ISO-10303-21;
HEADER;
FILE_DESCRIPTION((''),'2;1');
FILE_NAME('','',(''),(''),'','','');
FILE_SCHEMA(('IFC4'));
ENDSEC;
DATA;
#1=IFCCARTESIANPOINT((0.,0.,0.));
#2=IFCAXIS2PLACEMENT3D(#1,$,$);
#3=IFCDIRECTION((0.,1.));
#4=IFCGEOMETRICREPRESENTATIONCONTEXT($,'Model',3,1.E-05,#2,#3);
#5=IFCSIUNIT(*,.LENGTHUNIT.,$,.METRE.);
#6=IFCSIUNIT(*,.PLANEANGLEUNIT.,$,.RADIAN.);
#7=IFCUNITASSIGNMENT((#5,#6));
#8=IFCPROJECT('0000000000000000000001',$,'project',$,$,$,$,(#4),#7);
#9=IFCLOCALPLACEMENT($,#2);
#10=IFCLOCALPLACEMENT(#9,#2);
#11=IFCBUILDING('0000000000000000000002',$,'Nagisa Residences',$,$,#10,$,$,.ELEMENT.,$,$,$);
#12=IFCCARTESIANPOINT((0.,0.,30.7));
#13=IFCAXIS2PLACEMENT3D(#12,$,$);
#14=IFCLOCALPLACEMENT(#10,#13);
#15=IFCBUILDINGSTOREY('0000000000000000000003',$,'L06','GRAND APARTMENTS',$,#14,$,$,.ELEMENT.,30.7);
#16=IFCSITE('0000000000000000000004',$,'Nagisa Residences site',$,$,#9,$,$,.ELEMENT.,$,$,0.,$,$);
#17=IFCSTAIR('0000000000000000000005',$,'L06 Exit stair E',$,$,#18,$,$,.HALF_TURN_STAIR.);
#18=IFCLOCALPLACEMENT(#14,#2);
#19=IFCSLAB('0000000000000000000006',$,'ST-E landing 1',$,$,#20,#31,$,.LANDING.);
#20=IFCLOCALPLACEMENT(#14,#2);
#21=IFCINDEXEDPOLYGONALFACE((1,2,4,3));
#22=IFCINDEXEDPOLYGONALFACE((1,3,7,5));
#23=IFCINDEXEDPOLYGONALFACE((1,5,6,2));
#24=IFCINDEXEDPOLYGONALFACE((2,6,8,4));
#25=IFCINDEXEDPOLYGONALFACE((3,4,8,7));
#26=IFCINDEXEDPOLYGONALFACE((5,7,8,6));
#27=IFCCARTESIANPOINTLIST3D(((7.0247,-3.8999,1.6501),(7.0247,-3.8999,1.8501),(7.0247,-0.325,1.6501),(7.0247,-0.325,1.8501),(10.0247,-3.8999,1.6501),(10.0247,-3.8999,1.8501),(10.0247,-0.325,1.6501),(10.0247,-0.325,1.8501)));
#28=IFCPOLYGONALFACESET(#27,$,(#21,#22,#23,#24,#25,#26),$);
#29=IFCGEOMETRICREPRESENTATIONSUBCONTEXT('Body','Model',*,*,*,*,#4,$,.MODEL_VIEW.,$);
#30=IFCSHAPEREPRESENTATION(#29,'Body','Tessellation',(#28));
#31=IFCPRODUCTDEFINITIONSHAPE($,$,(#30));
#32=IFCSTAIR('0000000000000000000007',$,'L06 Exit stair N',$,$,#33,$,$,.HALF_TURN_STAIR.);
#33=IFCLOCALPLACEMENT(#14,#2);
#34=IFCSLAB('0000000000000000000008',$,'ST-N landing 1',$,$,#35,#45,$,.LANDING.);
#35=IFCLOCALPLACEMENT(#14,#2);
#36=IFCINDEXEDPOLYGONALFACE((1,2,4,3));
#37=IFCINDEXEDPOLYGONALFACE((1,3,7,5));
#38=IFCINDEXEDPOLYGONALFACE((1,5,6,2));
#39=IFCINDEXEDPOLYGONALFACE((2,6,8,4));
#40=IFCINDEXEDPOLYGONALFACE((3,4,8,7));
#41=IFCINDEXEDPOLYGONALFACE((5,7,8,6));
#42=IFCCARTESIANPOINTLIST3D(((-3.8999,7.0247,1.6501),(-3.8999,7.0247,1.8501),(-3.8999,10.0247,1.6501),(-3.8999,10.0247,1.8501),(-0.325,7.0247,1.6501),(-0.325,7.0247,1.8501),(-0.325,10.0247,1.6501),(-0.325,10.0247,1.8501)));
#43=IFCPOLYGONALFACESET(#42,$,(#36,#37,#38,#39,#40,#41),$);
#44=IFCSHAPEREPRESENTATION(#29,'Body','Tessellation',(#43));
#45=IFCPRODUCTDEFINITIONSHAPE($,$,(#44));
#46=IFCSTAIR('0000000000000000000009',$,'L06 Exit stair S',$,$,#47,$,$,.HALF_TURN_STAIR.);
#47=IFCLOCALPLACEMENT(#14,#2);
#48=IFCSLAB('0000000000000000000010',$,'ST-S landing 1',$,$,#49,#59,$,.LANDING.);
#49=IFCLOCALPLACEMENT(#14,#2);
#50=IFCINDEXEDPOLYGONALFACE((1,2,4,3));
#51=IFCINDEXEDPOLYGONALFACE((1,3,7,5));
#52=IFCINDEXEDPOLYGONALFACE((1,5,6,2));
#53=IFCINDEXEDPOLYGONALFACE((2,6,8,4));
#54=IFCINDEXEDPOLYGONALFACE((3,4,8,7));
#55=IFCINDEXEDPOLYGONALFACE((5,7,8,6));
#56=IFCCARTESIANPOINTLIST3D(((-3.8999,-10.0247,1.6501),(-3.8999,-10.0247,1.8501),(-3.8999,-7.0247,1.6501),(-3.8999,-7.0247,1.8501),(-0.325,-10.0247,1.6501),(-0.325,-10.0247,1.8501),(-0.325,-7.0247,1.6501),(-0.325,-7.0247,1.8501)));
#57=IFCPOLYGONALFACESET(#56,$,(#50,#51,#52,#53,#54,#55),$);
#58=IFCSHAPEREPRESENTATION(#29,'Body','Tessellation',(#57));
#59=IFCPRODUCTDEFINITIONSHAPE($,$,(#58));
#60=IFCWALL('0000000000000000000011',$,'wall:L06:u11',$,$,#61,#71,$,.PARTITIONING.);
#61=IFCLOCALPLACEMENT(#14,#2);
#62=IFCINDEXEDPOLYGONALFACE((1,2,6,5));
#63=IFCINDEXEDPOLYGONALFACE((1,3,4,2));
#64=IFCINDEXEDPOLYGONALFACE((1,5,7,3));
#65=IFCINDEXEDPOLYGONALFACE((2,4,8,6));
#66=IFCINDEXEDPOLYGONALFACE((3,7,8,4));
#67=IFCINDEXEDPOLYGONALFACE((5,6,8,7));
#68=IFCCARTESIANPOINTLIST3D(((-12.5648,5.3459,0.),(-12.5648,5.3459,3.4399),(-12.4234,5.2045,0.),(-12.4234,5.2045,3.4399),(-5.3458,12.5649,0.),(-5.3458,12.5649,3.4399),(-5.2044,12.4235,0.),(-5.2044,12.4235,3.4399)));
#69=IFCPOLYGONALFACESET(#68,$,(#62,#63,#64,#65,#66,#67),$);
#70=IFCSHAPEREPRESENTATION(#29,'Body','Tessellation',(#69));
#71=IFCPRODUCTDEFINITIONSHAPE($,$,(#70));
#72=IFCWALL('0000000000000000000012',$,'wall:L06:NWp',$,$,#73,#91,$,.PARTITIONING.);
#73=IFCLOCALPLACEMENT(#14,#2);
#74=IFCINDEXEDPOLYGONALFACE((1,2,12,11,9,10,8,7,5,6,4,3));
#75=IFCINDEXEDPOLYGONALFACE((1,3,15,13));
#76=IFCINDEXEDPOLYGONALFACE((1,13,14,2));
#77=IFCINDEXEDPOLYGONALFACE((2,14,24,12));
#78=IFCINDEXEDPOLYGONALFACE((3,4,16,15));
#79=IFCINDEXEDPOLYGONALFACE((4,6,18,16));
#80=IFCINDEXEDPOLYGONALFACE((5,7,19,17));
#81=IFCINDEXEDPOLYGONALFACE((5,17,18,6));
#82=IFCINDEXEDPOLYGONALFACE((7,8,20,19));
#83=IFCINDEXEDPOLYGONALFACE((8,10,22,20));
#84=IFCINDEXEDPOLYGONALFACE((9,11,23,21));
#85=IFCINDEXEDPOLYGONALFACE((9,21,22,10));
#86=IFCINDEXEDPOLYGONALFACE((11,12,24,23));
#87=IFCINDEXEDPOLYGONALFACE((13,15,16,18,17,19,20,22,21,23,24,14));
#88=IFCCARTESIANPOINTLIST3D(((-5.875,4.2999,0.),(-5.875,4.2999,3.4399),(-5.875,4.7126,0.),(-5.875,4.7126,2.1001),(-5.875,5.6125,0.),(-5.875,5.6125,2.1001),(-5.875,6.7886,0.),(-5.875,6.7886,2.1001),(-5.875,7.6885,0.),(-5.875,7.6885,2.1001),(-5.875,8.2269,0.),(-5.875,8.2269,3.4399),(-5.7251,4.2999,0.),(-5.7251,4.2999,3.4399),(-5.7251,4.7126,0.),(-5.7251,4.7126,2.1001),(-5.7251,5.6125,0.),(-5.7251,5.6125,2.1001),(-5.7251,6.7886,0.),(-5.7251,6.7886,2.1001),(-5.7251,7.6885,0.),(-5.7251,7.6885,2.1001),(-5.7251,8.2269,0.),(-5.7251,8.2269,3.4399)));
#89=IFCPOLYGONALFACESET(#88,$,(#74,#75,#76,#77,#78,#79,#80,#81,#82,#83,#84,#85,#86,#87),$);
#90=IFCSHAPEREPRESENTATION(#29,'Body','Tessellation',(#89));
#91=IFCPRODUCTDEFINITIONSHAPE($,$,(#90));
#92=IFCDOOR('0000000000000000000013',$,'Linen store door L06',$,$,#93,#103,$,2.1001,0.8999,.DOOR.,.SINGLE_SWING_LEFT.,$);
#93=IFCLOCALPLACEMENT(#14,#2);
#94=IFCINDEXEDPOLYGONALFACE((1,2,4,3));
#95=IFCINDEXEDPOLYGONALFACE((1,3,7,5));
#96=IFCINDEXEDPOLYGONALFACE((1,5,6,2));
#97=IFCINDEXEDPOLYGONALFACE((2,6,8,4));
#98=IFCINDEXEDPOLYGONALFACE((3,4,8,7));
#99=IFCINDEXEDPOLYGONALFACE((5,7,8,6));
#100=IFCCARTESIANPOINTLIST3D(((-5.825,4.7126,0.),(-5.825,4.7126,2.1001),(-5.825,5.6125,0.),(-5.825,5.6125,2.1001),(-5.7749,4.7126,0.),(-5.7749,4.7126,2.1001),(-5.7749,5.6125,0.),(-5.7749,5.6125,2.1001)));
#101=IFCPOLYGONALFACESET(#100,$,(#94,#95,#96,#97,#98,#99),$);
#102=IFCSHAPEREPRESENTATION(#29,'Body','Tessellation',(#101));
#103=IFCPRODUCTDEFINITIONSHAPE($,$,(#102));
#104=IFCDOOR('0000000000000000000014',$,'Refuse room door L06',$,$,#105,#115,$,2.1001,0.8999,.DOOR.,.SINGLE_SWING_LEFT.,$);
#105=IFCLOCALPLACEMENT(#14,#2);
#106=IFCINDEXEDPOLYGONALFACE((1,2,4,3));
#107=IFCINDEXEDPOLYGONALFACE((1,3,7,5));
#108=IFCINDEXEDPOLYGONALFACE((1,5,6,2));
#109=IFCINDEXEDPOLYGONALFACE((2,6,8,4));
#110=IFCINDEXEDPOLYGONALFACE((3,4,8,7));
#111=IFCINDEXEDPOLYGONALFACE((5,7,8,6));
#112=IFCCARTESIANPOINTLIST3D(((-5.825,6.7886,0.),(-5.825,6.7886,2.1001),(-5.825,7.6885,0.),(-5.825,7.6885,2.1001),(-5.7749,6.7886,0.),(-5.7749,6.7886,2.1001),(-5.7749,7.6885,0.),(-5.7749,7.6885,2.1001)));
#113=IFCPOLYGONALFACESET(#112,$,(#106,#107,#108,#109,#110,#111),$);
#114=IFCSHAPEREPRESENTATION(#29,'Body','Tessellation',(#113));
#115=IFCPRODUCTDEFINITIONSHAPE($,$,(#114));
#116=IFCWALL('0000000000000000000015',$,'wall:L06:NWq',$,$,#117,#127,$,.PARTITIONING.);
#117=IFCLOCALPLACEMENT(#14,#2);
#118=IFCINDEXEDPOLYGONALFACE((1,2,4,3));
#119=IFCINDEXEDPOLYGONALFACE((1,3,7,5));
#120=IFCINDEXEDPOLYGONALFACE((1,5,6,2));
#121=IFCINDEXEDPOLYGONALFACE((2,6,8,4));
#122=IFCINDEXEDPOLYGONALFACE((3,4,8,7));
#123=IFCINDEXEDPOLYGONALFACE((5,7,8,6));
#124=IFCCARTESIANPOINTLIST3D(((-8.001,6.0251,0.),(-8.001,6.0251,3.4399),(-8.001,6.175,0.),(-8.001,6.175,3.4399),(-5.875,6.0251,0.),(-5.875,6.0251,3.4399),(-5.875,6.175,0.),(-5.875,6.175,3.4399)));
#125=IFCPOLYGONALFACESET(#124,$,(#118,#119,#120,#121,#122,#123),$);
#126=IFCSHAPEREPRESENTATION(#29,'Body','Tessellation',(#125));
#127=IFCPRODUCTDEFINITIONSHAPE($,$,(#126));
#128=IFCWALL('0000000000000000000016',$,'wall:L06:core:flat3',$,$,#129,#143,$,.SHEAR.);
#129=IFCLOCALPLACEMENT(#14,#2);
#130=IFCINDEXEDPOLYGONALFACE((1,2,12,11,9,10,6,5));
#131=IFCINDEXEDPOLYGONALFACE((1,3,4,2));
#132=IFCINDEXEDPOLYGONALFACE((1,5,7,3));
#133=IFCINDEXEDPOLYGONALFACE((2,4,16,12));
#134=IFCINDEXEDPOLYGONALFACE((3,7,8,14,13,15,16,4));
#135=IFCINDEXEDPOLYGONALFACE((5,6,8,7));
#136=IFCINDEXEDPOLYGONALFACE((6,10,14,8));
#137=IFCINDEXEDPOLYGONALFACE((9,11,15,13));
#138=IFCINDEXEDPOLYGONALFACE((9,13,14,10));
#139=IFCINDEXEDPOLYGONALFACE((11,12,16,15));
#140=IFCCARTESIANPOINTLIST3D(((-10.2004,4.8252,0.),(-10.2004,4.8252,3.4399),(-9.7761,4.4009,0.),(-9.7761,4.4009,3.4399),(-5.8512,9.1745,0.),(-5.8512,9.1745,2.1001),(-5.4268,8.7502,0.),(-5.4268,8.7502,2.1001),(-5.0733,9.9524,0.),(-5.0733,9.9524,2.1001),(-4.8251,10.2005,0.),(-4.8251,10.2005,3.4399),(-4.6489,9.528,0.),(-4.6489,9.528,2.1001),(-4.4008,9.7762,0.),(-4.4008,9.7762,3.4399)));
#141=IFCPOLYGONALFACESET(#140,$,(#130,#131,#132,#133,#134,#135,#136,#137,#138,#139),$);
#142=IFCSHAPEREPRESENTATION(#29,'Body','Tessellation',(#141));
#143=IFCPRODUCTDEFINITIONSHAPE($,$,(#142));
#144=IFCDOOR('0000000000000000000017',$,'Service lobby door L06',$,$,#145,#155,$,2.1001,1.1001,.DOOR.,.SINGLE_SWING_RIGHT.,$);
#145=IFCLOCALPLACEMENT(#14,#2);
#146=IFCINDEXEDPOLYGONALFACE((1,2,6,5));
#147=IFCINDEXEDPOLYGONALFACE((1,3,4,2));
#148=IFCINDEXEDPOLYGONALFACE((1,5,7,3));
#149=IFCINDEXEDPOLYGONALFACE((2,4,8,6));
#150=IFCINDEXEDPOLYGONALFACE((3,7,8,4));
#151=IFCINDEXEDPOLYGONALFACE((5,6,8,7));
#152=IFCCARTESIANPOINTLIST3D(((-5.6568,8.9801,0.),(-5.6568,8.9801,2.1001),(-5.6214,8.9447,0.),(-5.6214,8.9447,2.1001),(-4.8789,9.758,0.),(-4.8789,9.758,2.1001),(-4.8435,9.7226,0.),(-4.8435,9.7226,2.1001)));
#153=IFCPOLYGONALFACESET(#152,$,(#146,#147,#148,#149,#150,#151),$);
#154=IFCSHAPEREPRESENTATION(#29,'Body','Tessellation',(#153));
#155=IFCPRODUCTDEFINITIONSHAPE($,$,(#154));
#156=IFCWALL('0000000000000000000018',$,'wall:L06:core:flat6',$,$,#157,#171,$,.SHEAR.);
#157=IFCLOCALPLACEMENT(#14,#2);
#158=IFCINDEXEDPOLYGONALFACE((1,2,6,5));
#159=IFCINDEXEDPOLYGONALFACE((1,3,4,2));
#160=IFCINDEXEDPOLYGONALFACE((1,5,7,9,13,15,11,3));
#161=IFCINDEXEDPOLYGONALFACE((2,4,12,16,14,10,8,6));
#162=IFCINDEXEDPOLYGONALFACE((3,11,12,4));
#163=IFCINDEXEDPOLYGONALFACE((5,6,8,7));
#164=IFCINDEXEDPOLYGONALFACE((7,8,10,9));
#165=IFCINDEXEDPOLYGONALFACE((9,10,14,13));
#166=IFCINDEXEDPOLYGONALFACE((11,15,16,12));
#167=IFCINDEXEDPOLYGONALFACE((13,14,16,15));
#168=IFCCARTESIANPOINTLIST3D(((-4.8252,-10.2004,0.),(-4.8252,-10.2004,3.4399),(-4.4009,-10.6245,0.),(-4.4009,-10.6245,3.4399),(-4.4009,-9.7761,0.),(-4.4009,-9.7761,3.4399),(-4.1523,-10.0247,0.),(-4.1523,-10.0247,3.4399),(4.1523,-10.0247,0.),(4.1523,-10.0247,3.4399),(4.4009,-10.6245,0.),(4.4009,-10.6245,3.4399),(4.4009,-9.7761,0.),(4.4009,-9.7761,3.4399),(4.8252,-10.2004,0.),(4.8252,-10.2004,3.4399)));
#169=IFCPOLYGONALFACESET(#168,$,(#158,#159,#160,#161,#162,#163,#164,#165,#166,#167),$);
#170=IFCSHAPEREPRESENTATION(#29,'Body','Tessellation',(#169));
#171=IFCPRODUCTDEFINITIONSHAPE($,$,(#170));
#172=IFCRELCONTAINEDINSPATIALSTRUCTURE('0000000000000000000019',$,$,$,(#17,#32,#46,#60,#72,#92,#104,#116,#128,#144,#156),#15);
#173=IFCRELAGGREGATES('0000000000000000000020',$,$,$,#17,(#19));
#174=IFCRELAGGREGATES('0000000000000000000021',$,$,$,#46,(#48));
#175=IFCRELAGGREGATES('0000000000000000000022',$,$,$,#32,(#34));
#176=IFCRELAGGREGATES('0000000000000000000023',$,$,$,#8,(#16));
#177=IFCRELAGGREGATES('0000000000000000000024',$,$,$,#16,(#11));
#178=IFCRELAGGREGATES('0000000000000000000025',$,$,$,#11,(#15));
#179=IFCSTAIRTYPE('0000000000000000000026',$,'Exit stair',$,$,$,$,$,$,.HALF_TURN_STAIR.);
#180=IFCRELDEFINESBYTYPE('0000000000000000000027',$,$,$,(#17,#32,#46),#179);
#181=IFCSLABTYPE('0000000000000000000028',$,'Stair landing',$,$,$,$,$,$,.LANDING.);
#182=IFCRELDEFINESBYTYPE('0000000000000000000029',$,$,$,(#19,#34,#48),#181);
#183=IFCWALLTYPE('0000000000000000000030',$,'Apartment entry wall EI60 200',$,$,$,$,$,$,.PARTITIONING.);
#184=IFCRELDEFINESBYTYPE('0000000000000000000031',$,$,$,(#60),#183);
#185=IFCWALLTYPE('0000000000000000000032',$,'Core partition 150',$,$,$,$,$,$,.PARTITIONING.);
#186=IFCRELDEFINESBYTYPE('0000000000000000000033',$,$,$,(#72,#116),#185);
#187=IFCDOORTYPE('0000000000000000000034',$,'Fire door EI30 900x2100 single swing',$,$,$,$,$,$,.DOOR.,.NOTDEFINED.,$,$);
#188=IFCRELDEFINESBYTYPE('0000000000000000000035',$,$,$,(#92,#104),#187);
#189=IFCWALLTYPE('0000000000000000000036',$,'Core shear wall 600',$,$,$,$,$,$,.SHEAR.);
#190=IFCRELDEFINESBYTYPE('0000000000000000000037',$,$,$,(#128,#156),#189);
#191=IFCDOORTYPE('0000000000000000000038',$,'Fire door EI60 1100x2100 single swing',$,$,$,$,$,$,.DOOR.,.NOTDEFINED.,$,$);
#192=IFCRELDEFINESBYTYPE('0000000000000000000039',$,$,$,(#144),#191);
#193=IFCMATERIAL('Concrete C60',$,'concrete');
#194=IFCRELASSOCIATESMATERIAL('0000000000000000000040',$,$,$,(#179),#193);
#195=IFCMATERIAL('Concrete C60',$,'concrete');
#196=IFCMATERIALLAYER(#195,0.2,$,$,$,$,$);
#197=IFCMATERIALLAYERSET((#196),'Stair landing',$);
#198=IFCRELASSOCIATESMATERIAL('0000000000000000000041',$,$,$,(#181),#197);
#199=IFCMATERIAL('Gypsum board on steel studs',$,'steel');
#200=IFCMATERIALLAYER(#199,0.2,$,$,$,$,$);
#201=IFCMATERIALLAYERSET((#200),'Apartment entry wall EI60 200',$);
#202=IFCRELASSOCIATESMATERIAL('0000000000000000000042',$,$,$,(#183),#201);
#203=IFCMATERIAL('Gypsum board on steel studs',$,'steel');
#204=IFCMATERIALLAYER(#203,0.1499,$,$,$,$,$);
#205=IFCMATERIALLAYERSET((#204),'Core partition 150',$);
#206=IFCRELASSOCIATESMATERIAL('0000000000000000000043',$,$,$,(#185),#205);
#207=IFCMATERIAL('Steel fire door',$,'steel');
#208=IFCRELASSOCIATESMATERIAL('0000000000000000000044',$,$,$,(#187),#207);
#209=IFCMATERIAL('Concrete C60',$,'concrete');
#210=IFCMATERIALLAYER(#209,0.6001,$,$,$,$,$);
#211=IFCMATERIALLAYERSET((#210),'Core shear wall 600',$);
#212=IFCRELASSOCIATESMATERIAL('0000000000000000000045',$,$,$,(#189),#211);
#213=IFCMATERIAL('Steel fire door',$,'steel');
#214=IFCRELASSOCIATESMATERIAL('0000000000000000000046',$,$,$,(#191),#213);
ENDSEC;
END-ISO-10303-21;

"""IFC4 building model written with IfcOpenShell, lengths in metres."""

from ifc_helpers import new_model, si_unit, direction, frame, frame_2d, origin, place, context, subcontext, project, spatial, polyline, rectangle, outline, extrude, material, layer, layer_set, type_object, element, fill, aggregate, save


model = new_model("IFC4")

# Units and contexts
model_context = context("Model", 3, precision=1e-05, world=origin(), true_north=direction((0.0, 1.0)))
body_context = subcontext(model_context, "Body", "Model", "MODEL_VIEW")
ifc_project = project(units=[si_unit("LENGTHUNIT", "METRE"), si_unit("PLANEANGLEUNIT", "RADIAN")], contexts=[model_context])

# Site, building, storey
site_placement = place(None, origin())
site = spatial("IfcSite", under=ifc_project, at=site_placement, Name="Nagisa Residences site", CompositionType="ELEMENT", RefElevation=0.0)
building_placement = place(site_placement, origin())
building = spatial("IfcBuilding", under=site, at=building_placement, Name="Nagisa Residences", CompositionType="ELEMENT")
storey_placement = place(building_placement, frame((0.0, 0.0, 30.7)))
storey = spatial("IfcBuildingStorey", under=building, at=storey_placement, Name="L06", Description="GRAND APARTMENTS", CompositionType="ELEMENT", Elevation=30.7)

# Stairs, slabs
ifc_material_1 = material(Name="Concrete C60", Category="concrete")
stair_type = type_object("IfcStairType", Name="Exit stair", PredefinedType="HALF_TURN_STAIR", material=ifc_material_1)
stair_1_placement = place(storey_placement, origin())
stair_1 = element("IfcStair", 1, at=stair_1_placement, inside=storey, type_object=stair_type, Name="L06 Exit stair E", PredefinedType="HALF_TURN_STAIR")
ifc_material_2 = material(Name="Concrete C60", Category="concrete")
ifc_layer_1 = layer(ifc_material_2, 0.2)
ifc_layer_set_1 = layer_set([ifc_layer_1], Name="Stair landing")
slab_type = type_object("IfcSlabType", Name="Stair landing", PredefinedType="LANDING", material=ifc_layer_set_1)
slab_1_placement = place(storey_placement, frame((0.0, 0.0, 1.6501)))
slab_1 = element("IfcSlab", 2, at=slab_1_placement, type_object=slab_type, Name="ST-E landing 1", PredefinedType="LANDING", context=body_context, shape_type="SweptSolid", body=[
    extrude(outline(polyline([(7.0247, -0.325), (7.0247, -3.8999), (10.0247, -3.8999), (10.0247, -0.325), (7.0247, -0.325)])), origin(), (0.0, 0.0, 1.0), 0.2),
])
aggregate(stair_1, [slab_1])
stair_2_placement = place(storey_placement, origin())
stair_2 = element("IfcStair", 3, at=stair_2_placement, inside=storey, type_object=stair_type, Name="L06 Exit stair N", PredefinedType="HALF_TURN_STAIR")
slab_2_placement = place(storey_placement, frame((0.0, 0.0, 1.6501)))
slab_2 = element("IfcSlab", 4, at=slab_2_placement, type_object=slab_type, Name="ST-N landing 1", PredefinedType="LANDING", context=body_context, shape_type="SweptSolid", body=[
    extrude(outline(polyline([(-0.325, 10.0247), (-3.8999, 10.0247), (-3.8999, 7.0247), (-0.325, 7.0247), (-0.325, 10.0247)])), origin(), (0.0, 0.0, 1.0), 0.2),
])
stair_3_placement = place(storey_placement, origin())
stair_3 = element("IfcStair", 5, at=stair_3_placement, inside=storey, type_object=stair_type, Name="L06 Exit stair S", PredefinedType="HALF_TURN_STAIR")
slab_3_placement = place(storey_placement, frame((0.0, 0.0, 1.6501)))
slab_3 = element("IfcSlab", 6, at=slab_3_placement, type_object=slab_type, Name="ST-S landing 1", PredefinedType="LANDING", context=body_context, shape_type="SweptSolid", body=[
    extrude(outline(polyline([(-0.325, -7.0247), (-3.8999, -7.0247), (-3.8999, -10.0247), (-0.325, -10.0247), (-0.325, -7.0247)])), origin(), (0.0, 0.0, 1.0), 0.2),
])
aggregate(stair_3, [slab_3])

# Wall
ifc_material_3 = material(Name="Gypsum board on steel studs", Category="steel")
ifc_layer_2 = layer(ifc_material_3, 0.2)
ifc_layer_set_2 = layer_set([ifc_layer_2], Name="Apartment entry wall EI60 200")
wall_type_1 = type_object("IfcWallType", Name="Apartment entry wall EI60 200", PredefinedType="PARTITIONING", material=ifc_layer_set_2)
wall_1_placement = place(storey_placement, frame((-5.2751, 12.4941, 0.0), z_axis=(0.0, 0.0, 1.0), x_axis=(-0.707107, -0.707107, 0.0)))
element("IfcWall", 7, at=wall_1_placement, inside=storey, type_object=wall_type_1, Name="wall:L06:u11", PredefinedType="PARTITIONING", context=body_context, shape_type="SweptSolid", body=[
    extrude(rectangle(XDim=10.2092, YDim=0.2, at=frame_2d((5.1045, 0.0))), origin(), (0.0, 0.0, 1.0), 3.4399),
])

# Wall, openings, doors
ifc_material_4 = material(Name="Gypsum board on steel studs", Category="steel")
ifc_layer_3 = layer(ifc_material_4, 0.1499)
ifc_layer_set_3 = layer_set([ifc_layer_3], Name="Core partition 150")
wall_type_2 = type_object("IfcWallType", Name="Core partition 150", PredefinedType="PARTITIONING", material=ifc_layer_set_3)
wall_2_placement = place(storey_placement, frame((-5.8, 4.3, 0.0), z_axis=(0.0, 0.0, 1.0), x_axis=(0.0, 1.0, 0.0)))
wall_2 = element("IfcWall", 8, at=wall_2_placement, inside=storey, type_object=wall_type_2, Name="wall:L06:NWp", PredefinedType="PARTITIONING", context=body_context, shape_type="SweptSolid", body=[
    extrude(rectangle(XDim=3.927, YDim=0.1499, at=frame_2d((1.9634, 0.0))), origin(), (0.0, 0.0, 1.0), 3.4399),
])
opening_1_placement = place(wall_2_placement, frame((0.4126, 0.0, 0.0)))
opening_1 = element("IfcOpeningElement", 9, at=opening_1_placement, cuts=wall_2, PredefinedType="OPENING", context=body_context, shape_type="SweptSolid", body=[
    extrude(rectangle(XDim=0.8999, YDim=2.1001, at=frame_2d((0.45, 1.05))), frame((0.0, 0.085, 0.0), z_axis=(0.0, -1.0, 0.0), x_axis=(1.0, 0.0, 0.0)), (0.0, 0.0, 1.0), 0.1699),
])
opening_2_placement = place(wall_2_placement, frame((2.4885, 0.0, 0.0)))
opening_2 = element("IfcOpeningElement", 10, at=opening_2_placement, cuts=wall_2, PredefinedType="OPENING", context=body_context, shape_type="SweptSolid", body=[
    extrude(rectangle(XDim=0.8999, YDim=2.1001, at=frame_2d((0.45, 1.05))), frame((0.0, 0.085, 0.0), z_axis=(0.0, -1.0, 0.0), x_axis=(1.0, 0.0, 0.0)), (0.0, 0.0, 1.0), 0.1699),
])
ifc_material_5 = material(Name="Steel fire door", Category="steel")
door_type_1 = type_object("IfcDoorType", Name="Fire door EI30 900x2100 single swing", OperationType="NOTDEFINED", PredefinedType="DOOR", material=ifc_material_5)
door_1_placement = place(opening_1_placement, origin())
door_1 = element("IfcDoor", 11, at=door_1_placement, inside=storey, type_object=door_type_1, Name="Linen store door L06", OperationType="SINGLE_SWING_LEFT", OverallHeight=2.1001, OverallWidth=0.8999, PredefinedType="DOOR", context=body_context, shape_type="SweptSolid", body=[
    extrude(rectangle(XDim=0.8999, YDim=2.1001, at=frame_2d((0.45, 1.05))), frame((0.0, 0.0249, 0.0), z_axis=(0.0, -1.0, 0.0), x_axis=(1.0, 0.0, 0.0)), (0.0, 0.0, 1.0), 0.05),
])
fill(opening_1, door_1)
door_2_placement = place(opening_2_placement, origin())
door_2 = element("IfcDoor", 12, at=door_2_placement, inside=storey, type_object=door_type_1, Name="Refuse room door L06", OperationType="SINGLE_SWING_LEFT", OverallHeight=2.1001, OverallWidth=0.8999, PredefinedType="DOOR", context=body_context, shape_type="SweptSolid", body=[
    extrude(rectangle(XDim=0.8999, YDim=2.1001, at=frame_2d((0.45, 1.05))), frame((0.0, 0.0249, 0.0), z_axis=(0.0, -1.0, 0.0), x_axis=(1.0, 0.0, 0.0)), (0.0, 0.0, 1.0), 0.05),
])
fill(opening_2, door_2)

# Wall
wall_3_placement = place(storey_placement, frame((-8.001, 6.1001, 0.0), z_axis=(0.0, 0.0, 1.0), x_axis=(1.0, 0.0, 0.0)))
element("IfcWall", 13, at=wall_3_placement, inside=storey, type_object=wall_type_2, Name="wall:L06:NWq", PredefinedType="PARTITIONING", context=body_context, shape_type="SweptSolid", body=[
    extrude(rectangle(XDim=2.126, YDim=0.1499, at=frame_2d((1.063, 0.0))), origin(), (0.0, 0.0, 1.0), 3.4399),
])

# Wall, opening, door
ifc_material_6 = material(Name="Concrete C60", Category="concrete")
ifc_layer_4 = layer(ifc_material_6, 0.6001)
ifc_layer_set_4 = layer_set([ifc_layer_4], Name="Core shear wall 600")
wall_type_3 = type_object("IfcWallType", Name="Core shear wall 600", PredefinedType="SHEAR", material=ifc_layer_set_4)
wall_4_placement = place(storey_placement, frame((-4.613, 9.9883, 0.0), z_axis=(0.0, 0.0, 1.0), x_axis=(-0.707107, -0.707107, 0.0)))
wall_4 = element("IfcWall", 14, at=wall_4_placement, inside=storey, type_object=wall_type_3, Name="wall:L06:core:flat3", PredefinedType="SHEAR", context=body_context, shape_type="SweptSolid", body=[
    extrude(rectangle(XDim=7.6018, YDim=0.6001, at=frame_2d((3.8008, 0.0))), origin(), (0.0, 0.0, 1.0), 3.4399),
])
opening_3_placement = place(wall_4_placement, frame((0.3508, 0.0, 0.0)))
opening_3 = element("IfcOpeningElement", 15, at=opening_3_placement, cuts=wall_4, PredefinedType="OPENING", context=body_context, shape_type="SweptSolid", body=[
    extrude(rectangle(XDim=1.1001, YDim=2.1001, at=frame_2d((0.55, 1.05))), frame((0.0, 0.3101, 0.0), z_axis=(0.0, -1.0, 0.0), x_axis=(1.0, 0.0, 0.0)), (0.0, 0.0, 1.0), 0.6201),
])
ifc_material_7 = material(Name="Steel fire door", Category="steel")
door_type_2 = type_object("IfcDoorType", Name="Fire door EI60 1100x2100 single swing", OperationType="NOTDEFINED", PredefinedType="DOOR", material=ifc_material_7)
door_3_placement = place(opening_3_placement, origin())
door_3 = element("IfcDoor", 16, at=door_3_placement, inside=storey, type_object=door_type_2, Name="Service lobby door L06", OperationType="SINGLE_SWING_RIGHT", OverallHeight=2.1001, OverallWidth=1.1001, PredefinedType="DOOR", context=body_context, shape_type="SweptSolid", body=[
    extrude(rectangle(XDim=1.1001, YDim=2.1001, at=frame_2d((0.55, 1.05))), frame((0.0, 0.0249, 0.0), z_axis=(0.0, -1.0, 0.0), x_axis=(1.0, 0.0, 0.0)), (0.0, 0.0, 1.0), 0.05),
])
fill(opening_3, door_3)

# Wall
wall_5_placement = place(storey_placement, origin())
element("IfcWall", 17, at=wall_5_placement, inside=storey, type_object=wall_type_3, Name="wall:L06:core:flat6", PredefinedType="SHEAR", context=body_context, shape_type="SweptSolid", body=[
    extrude(outline(polyline([(-4.1523, -10.0247), (4.1523, -10.0247), (4.4009, -9.7761), (4.8252, -10.2004), (4.4009, -10.6245), (-4.4009, -10.6245), (-4.8252, -10.2004), (-4.4009, -9.7761), (-4.1523, -10.0247)])), origin(), (0.0, 0.0, 1.0), 3.4399),
])

aggregate(stair_2, [slab_2])

save(model, "model.ifc")
